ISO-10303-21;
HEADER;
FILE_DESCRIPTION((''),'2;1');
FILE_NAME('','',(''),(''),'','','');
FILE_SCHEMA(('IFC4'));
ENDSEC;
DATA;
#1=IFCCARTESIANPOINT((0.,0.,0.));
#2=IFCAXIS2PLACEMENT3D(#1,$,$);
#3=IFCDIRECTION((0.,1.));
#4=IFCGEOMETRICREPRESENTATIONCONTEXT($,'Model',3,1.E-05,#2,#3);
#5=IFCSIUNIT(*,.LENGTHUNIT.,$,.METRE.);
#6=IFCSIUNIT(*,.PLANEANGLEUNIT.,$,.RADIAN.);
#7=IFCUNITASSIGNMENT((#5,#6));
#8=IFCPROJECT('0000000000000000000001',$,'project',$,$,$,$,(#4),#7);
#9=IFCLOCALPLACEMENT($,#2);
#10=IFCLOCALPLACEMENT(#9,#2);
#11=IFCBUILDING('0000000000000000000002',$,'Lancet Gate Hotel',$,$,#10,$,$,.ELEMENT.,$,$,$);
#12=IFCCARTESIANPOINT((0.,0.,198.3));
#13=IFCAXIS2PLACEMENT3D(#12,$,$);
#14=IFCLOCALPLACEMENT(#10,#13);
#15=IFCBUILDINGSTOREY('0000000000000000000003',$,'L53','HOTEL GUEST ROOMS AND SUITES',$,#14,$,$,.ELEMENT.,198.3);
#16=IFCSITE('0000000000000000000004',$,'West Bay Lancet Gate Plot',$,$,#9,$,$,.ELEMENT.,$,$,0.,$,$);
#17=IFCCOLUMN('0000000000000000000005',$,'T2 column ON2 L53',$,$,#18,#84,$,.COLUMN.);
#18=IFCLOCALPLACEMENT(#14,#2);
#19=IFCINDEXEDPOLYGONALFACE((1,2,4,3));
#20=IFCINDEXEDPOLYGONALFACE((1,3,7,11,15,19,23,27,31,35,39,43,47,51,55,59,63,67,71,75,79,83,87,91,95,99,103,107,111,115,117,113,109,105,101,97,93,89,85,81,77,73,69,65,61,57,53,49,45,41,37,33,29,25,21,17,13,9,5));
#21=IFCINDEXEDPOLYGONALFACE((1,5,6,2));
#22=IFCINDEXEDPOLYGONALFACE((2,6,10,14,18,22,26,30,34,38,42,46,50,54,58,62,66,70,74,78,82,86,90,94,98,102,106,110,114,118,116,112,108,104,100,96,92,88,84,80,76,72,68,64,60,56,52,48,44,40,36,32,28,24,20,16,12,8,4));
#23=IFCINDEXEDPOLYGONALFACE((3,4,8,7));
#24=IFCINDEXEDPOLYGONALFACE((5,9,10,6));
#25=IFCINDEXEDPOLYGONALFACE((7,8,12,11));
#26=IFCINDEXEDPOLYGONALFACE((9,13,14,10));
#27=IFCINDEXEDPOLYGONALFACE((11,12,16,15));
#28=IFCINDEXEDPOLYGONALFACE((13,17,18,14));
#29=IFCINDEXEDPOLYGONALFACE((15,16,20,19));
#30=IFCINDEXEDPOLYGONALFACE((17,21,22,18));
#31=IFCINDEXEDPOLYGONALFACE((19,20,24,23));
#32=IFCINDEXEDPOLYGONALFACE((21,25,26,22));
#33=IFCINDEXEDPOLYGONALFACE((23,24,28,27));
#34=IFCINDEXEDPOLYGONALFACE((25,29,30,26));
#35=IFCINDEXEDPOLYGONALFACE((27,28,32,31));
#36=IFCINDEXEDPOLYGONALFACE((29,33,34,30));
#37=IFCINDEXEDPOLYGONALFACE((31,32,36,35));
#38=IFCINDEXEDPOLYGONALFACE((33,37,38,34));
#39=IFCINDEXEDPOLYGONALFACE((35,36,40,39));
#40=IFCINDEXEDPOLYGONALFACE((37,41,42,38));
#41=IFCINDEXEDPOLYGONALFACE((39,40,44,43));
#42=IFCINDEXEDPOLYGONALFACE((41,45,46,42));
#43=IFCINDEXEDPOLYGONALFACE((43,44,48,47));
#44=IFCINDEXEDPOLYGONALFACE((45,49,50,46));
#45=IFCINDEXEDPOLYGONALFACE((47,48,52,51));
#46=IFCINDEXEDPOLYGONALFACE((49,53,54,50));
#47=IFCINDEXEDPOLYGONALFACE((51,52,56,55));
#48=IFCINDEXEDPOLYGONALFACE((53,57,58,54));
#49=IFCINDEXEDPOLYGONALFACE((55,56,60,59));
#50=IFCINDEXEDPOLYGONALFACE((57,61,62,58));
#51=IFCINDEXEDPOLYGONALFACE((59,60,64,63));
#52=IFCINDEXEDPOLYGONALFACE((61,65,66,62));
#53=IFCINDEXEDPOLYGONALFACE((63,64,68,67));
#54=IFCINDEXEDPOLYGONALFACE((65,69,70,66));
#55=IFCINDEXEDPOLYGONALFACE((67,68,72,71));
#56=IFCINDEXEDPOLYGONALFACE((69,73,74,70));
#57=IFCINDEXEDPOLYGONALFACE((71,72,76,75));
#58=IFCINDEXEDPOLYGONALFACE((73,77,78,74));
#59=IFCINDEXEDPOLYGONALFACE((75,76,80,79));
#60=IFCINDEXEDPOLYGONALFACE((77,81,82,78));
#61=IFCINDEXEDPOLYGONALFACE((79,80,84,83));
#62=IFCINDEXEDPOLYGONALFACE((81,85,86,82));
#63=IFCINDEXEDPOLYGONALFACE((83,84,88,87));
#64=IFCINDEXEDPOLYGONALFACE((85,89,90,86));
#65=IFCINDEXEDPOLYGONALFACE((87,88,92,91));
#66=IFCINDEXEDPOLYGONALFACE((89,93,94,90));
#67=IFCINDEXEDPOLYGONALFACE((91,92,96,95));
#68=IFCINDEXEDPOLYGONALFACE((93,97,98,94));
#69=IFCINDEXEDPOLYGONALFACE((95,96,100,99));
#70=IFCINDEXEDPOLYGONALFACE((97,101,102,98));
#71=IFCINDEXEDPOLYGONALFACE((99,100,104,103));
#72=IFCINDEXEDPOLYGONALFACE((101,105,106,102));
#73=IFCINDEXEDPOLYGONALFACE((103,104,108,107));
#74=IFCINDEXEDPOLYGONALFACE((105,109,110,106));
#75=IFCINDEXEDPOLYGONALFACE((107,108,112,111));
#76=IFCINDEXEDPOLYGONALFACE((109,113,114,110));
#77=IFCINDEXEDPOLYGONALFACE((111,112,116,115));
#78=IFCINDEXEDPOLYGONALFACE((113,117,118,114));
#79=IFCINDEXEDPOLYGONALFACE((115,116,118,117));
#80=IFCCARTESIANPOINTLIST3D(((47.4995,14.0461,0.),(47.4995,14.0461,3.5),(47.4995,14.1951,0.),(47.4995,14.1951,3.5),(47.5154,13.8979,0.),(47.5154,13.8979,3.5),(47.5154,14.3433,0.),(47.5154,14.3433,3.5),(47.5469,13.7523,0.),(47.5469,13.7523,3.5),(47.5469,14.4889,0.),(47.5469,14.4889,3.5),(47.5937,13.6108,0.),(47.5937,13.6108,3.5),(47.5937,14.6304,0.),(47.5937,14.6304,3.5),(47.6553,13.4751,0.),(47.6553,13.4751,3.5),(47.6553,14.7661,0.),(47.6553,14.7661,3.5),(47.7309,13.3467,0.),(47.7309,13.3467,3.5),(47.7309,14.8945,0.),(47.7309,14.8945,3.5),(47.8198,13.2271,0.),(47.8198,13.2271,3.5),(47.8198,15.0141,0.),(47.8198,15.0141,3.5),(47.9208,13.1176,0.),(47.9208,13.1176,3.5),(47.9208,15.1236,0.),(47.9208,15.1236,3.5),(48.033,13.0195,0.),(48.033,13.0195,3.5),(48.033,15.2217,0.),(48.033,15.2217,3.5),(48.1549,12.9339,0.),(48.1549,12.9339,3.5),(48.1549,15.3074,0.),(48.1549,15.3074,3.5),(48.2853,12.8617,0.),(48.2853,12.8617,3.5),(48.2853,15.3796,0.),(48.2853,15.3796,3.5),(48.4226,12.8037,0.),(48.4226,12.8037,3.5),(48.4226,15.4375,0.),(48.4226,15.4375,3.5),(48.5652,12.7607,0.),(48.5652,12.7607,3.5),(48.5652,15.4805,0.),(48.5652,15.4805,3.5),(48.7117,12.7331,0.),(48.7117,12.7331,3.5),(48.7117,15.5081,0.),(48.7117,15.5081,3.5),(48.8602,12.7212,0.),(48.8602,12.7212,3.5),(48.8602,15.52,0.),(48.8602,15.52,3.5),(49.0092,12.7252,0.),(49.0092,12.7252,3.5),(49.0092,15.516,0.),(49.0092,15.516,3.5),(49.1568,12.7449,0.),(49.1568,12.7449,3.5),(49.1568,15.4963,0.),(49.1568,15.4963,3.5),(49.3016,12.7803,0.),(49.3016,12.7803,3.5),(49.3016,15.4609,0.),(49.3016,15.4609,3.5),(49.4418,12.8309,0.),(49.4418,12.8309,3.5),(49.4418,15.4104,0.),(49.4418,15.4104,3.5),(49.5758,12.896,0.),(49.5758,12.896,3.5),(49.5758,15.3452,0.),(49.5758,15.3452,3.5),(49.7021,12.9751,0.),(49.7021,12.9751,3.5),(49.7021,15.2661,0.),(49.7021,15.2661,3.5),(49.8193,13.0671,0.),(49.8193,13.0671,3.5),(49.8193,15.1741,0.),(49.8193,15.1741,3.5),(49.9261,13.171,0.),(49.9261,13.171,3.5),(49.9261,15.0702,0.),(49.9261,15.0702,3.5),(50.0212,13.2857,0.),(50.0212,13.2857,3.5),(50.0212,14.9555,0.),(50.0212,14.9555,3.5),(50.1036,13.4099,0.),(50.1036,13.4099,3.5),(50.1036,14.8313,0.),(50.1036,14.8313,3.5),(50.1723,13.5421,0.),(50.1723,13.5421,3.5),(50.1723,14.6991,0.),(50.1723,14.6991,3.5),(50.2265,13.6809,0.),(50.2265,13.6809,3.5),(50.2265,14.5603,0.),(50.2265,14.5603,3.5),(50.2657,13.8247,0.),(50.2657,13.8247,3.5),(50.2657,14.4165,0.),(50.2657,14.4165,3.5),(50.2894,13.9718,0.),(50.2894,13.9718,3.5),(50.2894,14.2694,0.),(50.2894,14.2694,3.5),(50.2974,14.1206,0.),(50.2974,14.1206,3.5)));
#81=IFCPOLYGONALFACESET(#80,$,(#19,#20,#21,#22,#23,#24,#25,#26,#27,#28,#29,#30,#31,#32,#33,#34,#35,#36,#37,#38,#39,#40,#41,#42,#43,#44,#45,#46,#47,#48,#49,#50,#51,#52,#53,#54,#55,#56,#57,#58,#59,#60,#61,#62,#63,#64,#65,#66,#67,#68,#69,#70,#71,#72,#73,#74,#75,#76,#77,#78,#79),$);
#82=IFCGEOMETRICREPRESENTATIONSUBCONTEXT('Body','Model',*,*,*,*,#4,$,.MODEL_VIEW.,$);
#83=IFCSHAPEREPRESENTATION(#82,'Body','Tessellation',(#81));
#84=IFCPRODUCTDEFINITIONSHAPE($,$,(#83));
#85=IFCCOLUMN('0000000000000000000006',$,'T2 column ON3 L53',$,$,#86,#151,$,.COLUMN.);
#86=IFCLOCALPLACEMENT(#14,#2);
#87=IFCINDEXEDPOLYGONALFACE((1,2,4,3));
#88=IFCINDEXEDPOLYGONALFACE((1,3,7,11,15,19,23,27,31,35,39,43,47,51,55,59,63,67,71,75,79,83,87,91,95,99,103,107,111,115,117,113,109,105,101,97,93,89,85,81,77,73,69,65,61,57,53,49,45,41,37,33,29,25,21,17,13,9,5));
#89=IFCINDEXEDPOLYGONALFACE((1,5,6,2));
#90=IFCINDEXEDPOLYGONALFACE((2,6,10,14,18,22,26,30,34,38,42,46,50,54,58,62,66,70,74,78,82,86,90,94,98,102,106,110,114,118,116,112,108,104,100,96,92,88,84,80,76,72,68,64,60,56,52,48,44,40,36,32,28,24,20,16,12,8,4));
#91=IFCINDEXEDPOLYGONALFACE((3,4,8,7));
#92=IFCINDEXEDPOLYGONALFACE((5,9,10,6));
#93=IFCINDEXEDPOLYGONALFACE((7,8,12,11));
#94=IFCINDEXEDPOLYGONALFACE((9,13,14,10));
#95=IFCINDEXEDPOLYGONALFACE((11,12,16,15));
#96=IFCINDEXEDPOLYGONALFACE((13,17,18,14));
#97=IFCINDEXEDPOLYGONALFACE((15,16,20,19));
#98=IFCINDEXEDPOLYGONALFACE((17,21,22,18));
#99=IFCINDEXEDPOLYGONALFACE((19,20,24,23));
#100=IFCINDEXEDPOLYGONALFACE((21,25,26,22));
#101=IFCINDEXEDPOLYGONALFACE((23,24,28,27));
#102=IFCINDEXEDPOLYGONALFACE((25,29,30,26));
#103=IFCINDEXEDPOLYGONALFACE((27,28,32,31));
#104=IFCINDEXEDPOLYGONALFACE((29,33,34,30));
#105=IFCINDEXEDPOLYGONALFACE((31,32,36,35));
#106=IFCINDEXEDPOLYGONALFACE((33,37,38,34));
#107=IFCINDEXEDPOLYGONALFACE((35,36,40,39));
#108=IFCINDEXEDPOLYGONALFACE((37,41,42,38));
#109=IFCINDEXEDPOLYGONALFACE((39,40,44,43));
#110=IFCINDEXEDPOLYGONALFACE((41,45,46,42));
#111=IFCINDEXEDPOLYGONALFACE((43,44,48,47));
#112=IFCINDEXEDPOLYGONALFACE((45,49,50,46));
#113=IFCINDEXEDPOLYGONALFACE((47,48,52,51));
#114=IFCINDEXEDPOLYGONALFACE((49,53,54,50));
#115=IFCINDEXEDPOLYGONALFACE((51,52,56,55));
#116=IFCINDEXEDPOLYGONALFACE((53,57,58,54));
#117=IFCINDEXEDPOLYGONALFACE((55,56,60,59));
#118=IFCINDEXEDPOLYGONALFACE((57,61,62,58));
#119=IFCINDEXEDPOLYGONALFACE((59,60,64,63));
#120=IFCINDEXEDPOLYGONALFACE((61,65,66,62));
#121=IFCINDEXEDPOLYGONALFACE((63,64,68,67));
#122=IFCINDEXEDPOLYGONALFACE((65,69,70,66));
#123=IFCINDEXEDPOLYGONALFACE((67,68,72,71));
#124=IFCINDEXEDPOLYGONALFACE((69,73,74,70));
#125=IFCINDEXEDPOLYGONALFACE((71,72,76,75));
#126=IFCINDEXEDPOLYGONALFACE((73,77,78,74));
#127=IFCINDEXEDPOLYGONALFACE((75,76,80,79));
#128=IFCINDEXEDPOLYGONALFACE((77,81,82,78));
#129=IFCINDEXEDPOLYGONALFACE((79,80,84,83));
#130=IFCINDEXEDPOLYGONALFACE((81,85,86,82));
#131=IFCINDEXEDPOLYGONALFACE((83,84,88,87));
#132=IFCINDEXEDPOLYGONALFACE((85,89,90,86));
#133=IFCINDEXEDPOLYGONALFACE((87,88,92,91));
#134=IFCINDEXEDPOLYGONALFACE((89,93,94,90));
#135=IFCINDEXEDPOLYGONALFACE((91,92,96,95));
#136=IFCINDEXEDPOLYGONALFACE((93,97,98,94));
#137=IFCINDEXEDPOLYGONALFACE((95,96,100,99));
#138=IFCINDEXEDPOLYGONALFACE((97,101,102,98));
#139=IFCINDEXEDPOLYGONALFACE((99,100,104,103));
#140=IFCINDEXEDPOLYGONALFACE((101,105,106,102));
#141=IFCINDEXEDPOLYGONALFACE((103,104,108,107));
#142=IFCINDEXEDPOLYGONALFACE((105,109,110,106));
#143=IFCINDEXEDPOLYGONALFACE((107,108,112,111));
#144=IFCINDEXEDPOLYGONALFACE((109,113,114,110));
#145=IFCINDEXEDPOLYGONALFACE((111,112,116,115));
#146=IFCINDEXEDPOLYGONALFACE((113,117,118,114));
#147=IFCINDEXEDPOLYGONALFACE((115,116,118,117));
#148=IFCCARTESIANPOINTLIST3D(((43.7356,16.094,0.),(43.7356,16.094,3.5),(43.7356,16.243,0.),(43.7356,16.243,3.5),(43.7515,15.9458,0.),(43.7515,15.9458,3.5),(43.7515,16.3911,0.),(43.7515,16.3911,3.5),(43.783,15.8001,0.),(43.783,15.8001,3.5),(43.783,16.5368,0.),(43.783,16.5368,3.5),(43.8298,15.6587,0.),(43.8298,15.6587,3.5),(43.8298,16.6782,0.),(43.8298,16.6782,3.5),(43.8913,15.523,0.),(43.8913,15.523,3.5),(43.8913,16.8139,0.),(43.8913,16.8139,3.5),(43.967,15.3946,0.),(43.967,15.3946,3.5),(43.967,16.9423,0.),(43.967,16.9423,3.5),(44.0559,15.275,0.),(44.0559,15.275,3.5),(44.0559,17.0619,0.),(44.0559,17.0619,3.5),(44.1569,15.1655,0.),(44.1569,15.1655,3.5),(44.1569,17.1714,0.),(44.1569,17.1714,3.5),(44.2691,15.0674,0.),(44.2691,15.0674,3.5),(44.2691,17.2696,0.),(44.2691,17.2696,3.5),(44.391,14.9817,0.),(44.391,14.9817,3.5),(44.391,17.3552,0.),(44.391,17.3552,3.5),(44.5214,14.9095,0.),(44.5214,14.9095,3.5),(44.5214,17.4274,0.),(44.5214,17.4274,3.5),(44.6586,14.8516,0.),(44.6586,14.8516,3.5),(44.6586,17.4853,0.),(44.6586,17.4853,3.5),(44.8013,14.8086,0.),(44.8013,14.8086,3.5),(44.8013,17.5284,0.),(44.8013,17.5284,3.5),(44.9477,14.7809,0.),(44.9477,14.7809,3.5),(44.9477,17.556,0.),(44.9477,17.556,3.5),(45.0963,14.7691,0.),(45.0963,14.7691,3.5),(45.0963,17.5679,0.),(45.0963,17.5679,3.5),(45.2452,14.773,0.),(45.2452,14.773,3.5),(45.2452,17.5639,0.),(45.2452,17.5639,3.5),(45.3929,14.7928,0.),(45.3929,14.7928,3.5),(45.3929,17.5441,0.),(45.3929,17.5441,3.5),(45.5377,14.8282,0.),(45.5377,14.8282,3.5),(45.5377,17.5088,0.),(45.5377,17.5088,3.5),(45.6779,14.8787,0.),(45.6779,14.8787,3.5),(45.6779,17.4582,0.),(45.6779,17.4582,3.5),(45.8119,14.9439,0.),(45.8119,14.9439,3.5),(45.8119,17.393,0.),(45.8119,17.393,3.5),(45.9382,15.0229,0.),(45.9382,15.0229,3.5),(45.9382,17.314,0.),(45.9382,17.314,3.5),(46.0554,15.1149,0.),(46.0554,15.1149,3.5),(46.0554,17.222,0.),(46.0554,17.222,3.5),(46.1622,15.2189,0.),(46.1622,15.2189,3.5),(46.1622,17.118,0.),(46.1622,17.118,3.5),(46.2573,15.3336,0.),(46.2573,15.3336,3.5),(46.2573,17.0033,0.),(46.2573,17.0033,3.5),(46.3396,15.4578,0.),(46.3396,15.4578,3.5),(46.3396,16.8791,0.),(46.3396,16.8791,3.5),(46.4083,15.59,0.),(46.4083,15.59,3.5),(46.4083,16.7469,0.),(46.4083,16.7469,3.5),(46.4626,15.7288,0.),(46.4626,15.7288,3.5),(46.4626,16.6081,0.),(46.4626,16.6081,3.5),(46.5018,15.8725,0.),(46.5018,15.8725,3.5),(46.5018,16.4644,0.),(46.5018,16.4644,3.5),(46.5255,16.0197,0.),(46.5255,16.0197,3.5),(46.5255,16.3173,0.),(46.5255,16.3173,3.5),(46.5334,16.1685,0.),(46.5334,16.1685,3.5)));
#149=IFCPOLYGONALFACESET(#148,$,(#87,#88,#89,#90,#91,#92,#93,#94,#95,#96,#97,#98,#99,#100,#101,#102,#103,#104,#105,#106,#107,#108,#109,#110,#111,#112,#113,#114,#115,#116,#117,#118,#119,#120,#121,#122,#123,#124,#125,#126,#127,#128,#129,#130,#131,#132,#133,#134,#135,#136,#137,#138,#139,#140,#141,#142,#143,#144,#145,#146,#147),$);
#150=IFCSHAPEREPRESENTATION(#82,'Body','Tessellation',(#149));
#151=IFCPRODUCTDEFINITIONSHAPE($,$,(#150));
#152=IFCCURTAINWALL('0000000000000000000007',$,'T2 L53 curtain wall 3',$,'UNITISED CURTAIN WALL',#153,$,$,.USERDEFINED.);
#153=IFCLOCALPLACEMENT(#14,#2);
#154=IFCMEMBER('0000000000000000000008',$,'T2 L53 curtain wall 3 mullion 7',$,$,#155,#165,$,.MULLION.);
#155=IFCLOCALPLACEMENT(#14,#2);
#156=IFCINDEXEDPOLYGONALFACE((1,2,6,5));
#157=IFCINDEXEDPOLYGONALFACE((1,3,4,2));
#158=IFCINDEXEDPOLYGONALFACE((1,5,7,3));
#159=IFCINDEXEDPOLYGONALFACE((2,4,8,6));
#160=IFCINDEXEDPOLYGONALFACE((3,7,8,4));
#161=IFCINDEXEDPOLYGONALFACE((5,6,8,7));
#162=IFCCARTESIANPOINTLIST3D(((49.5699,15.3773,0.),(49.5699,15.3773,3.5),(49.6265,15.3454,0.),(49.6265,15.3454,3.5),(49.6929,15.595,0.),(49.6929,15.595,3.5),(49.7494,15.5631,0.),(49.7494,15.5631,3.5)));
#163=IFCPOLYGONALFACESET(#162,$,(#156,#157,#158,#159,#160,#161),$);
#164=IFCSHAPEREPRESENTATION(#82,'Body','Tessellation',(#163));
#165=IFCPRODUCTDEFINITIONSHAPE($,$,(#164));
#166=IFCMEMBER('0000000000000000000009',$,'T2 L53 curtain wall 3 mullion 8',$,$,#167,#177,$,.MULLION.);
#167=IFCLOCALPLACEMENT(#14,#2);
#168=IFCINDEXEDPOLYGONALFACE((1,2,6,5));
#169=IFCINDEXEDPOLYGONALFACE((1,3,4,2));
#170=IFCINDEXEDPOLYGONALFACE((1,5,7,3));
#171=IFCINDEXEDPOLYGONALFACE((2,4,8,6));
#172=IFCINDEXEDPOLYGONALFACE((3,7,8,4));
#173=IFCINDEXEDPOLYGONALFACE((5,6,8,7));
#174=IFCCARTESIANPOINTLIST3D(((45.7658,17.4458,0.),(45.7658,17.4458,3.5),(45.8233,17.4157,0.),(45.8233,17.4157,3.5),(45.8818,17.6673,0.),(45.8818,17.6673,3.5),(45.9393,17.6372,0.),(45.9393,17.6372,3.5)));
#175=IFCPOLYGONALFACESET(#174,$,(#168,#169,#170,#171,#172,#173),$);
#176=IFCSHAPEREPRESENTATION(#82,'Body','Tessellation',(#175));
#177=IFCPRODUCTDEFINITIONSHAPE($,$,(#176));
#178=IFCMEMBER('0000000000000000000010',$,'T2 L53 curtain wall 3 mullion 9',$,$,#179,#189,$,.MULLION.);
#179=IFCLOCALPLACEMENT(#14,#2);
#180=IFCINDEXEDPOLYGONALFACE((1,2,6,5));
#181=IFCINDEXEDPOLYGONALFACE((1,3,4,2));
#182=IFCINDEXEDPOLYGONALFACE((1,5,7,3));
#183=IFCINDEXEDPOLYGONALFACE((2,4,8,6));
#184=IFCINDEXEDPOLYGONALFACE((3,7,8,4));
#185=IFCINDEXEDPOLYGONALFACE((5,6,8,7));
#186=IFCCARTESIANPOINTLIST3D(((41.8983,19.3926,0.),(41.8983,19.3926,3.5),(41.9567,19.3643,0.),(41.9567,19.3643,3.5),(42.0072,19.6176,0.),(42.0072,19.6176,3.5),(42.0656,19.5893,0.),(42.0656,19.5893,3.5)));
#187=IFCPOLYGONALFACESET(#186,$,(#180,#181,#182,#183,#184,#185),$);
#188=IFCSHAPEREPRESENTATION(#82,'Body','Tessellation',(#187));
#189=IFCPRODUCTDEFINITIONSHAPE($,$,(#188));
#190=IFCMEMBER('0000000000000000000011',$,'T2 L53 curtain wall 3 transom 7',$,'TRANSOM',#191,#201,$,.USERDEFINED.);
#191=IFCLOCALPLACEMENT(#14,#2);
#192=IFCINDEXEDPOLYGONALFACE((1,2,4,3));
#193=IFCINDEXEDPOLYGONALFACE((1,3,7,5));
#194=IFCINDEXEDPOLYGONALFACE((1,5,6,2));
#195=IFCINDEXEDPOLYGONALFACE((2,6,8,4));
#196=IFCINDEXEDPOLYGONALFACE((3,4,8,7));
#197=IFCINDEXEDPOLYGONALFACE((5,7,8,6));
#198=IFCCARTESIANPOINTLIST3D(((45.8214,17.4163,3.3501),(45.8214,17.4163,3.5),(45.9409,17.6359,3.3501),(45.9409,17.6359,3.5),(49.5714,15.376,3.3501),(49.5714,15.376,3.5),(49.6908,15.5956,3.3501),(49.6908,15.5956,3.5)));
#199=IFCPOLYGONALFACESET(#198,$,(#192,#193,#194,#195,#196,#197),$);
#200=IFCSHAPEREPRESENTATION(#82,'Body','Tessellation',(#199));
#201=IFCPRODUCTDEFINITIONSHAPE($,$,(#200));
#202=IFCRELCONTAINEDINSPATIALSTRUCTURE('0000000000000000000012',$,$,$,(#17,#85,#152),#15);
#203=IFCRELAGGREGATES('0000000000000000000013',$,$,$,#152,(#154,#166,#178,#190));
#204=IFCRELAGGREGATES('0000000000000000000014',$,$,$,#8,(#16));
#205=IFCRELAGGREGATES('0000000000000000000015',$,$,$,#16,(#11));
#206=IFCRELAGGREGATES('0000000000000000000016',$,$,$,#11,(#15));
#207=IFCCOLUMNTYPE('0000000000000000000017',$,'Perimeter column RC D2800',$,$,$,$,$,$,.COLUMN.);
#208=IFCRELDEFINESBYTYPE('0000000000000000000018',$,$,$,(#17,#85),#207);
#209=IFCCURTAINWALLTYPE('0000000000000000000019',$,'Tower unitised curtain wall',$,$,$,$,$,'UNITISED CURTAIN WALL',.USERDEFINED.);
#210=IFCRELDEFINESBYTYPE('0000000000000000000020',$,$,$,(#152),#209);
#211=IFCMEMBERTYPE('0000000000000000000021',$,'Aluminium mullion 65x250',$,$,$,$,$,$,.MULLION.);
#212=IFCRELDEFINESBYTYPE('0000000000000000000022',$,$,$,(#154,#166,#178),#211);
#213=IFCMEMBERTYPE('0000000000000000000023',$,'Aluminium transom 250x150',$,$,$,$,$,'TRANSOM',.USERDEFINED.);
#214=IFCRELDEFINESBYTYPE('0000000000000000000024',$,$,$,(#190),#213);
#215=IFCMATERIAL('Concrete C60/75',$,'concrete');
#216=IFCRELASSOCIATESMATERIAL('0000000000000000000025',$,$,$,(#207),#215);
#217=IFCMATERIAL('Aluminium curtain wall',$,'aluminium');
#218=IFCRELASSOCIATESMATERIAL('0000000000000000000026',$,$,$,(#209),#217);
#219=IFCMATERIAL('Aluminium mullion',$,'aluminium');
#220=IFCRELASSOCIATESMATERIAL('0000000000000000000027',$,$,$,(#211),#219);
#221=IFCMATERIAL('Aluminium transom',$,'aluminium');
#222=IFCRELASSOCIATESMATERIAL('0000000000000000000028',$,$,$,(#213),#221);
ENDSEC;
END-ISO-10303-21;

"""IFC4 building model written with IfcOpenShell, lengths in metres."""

from ifc_helpers import new_model, si_unit, direction, frame, origin, origin_2d, place, context, subcontext, project, spatial, rectangle, circle, extrude, material, material_profile, profile_set, type_object, element, aggregate, save


model = new_model("IFC4")

# Units and contexts
model_context = context("Model", 3, precision=1e-05, world=origin(), true_north=direction((0.0, 1.0)))
body_context = subcontext(model_context, "Body", "Model", "MODEL_VIEW")
ifc_project = project(units=[si_unit("LENGTHUNIT", "METRE"), si_unit("PLANEANGLEUNIT", "RADIAN")], contexts=[model_context])

# Site, building, storey
site_placement = place(None, origin())
site = spatial("IfcSite", under=ifc_project, at=site_placement, Name="West Bay Lancet Gate Plot", CompositionType="ELEMENT", RefElevation=0.0)
building_placement = place(site_placement, origin())
building = spatial("IfcBuilding", under=site, at=building_placement, Name="Lancet Gate Hotel", CompositionType="ELEMENT")
storey_placement = place(building_placement, frame((0.0, 0.0, 198.3)))
storey = spatial("IfcBuildingStorey", under=building, at=storey_placement, Name="L53", Description="HOTEL GUEST ROOMS AND SUITES", CompositionType="ELEMENT", Elevation=198.3)

# Columns
ifc_material_1 = material(Name="Concrete C60/75", Category="concrete")
ifc_material_profile_1 = material_profile(ifc_material_1, circle(Radius=1.3999, at=origin_2d()), Name="RC D2800")
ifc_profile_set_1 = profile_set([ifc_material_profile_1], Name="Concrete C60/75")
column_type = type_object("IfcColumnType", Name="Perimeter column RC D2800", PredefinedType="COLUMN", material=ifc_profile_set_1)
for number, where, z_axis, x_axis, name in (
    (1, (48.8975, 14.1206, 0.0), (0.0, 0.0, 1.0), (1.0, 0.0, 0.0), "T2 column ON2 L53"),
    (2, (45.1335, 16.1685, 0.0), (0.0, 0.0, 1.0), (1.0, 0.0, 0.0), "T2 column ON3 L53"),
):
    element("IfcColumn", number, at=place(storey_placement, frame(where, z_axis=z_axis, x_axis=x_axis)), inside=storey, type_object=column_type, Name=name, PredefinedType="COLUMN", context=body_context, shape_type="SweptSolid", body=[
        extrude(circle(Radius=1.3999, at=origin_2d()), origin(), (0.0, 0.0, 1.0), 3.5),
    ])

# Curtain wall, members
ifc_material_2 = material(Name="Aluminium curtain wall", Category="aluminium")
curtain_wall_type = type_object("IfcCurtainWallType", Name="Tower unitised curtain wall", ElementType="UNITISED CURTAIN WALL", PredefinedType="USERDEFINED", material=ifc_material_2)
curtain_wall_placement = place(storey_placement, origin())
curtain_wall = element("IfcCurtainWall", 3, at=curtain_wall_placement, inside=storey, type_object=curtain_wall_type, Name="T2 L53 curtain wall 3", ObjectType="UNITISED CURTAIN WALL", PredefinedType="USERDEFINED")
ifc_material_3 = material(Name="Aluminium mullion", Category="aluminium")
ifc_material_profile_2 = material_profile(ifc_material_3, rectangle(XDim=0.0649, YDim=0.25, at=origin_2d()), Name="MULLION 65x250")
ifc_profile_set_2 = profile_set([ifc_material_profile_2], Name="Aluminium mullion")
member_type_1 = type_object("IfcMemberType", Name="Aluminium mullion 65x250", PredefinedType="MULLION", material=ifc_profile_set_2)
member_1_placement = place(storey_placement, frame((49.6597, 15.4702, 0.0), z_axis=(0.0, 0.0, 1.0), x_axis=(-0.870722, 0.491776, 0.0)))
member_1 = element("IfcMember", 4, at=member_1_placement, type_object=member_type_1, Name="T2 L53 curtain wall 3 mullion 7", PredefinedType="MULLION", context=body_context, shape_type="SweptSolid", body=[
    extrude(rectangle(XDim=0.0649, YDim=0.25, at=origin_2d()), origin(), (0.0, 0.0, 1.0), 3.5),
])
member_2_placement = place(storey_placement, frame((45.8525, 17.5415, 0.0), z_axis=(0.0, 0.0, 1.0), x_axis=(-0.885877, 0.46392, 0.0)))
member_2 = element("IfcMember", 5, at=member_2_placement, type_object=member_type_1, Name="T2 L53 curtain wall 3 mullion 8", PredefinedType="MULLION", context=body_context, shape_type="SweptSolid", body=[
    extrude(rectangle(XDim=0.0649, YDim=0.25, at=origin_2d()), origin(), (0.0, 0.0, 1.0), 3.5),
])
member_3_placement = place(storey_placement, frame((41.9819, 19.491, 0.0), z_axis=(0.0, 0.0, 1.0), x_axis=(-0.900141, 0.435598, 0.0)))
member_3 = element("IfcMember", 6, at=member_3_placement, type_object=member_type_1, Name="T2 L53 curtain wall 3 mullion 9", PredefinedType="MULLION", context=body_context, shape_type="SweptSolid", body=[
    extrude(rectangle(XDim=0.0649, YDim=0.25, at=origin_2d()), origin(), (0.0, 0.0, 1.0), 3.5),
])
ifc_material_4 = material(Name="Aluminium transom", Category="aluminium")
ifc_material_profile_3 = material_profile(ifc_material_4, rectangle(XDim=0.25, YDim=0.1499, at=origin_2d()), Name="TRANSOM 250x150")
ifc_profile_set_3 = profile_set([ifc_material_profile_3], Name="Aluminium transom")
member_type_2 = type_object("IfcMemberType", Name="Aluminium transom 250x150", ElementType="TRANSOM", PredefinedType="USERDEFINED", material=ifc_profile_set_3)
member_4_placement = place(storey_placement, frame((49.6311, 15.4858, 3.425), z_axis=(-0.878404, 0.477918, 0.0), x_axis=(-0.477918, -0.878404, 0.0)))
member_4 = element("IfcMember", 7, at=member_4_placement, type_object=member_type_2, Name="T2 L53 curtain wall 3 transom 7", ObjectType="TRANSOM", PredefinedType="USERDEFINED", context=body_context, shape_type="SweptSolid", body=[
    extrude(rectangle(XDim=0.25, YDim=0.1499, at=origin_2d()), origin(), (0.0, 0.0, 1.0), 4.269),
])

aggregate(curtain_wall, [member_1, member_2, member_3, member_4])

save(model, "model.ifc")
